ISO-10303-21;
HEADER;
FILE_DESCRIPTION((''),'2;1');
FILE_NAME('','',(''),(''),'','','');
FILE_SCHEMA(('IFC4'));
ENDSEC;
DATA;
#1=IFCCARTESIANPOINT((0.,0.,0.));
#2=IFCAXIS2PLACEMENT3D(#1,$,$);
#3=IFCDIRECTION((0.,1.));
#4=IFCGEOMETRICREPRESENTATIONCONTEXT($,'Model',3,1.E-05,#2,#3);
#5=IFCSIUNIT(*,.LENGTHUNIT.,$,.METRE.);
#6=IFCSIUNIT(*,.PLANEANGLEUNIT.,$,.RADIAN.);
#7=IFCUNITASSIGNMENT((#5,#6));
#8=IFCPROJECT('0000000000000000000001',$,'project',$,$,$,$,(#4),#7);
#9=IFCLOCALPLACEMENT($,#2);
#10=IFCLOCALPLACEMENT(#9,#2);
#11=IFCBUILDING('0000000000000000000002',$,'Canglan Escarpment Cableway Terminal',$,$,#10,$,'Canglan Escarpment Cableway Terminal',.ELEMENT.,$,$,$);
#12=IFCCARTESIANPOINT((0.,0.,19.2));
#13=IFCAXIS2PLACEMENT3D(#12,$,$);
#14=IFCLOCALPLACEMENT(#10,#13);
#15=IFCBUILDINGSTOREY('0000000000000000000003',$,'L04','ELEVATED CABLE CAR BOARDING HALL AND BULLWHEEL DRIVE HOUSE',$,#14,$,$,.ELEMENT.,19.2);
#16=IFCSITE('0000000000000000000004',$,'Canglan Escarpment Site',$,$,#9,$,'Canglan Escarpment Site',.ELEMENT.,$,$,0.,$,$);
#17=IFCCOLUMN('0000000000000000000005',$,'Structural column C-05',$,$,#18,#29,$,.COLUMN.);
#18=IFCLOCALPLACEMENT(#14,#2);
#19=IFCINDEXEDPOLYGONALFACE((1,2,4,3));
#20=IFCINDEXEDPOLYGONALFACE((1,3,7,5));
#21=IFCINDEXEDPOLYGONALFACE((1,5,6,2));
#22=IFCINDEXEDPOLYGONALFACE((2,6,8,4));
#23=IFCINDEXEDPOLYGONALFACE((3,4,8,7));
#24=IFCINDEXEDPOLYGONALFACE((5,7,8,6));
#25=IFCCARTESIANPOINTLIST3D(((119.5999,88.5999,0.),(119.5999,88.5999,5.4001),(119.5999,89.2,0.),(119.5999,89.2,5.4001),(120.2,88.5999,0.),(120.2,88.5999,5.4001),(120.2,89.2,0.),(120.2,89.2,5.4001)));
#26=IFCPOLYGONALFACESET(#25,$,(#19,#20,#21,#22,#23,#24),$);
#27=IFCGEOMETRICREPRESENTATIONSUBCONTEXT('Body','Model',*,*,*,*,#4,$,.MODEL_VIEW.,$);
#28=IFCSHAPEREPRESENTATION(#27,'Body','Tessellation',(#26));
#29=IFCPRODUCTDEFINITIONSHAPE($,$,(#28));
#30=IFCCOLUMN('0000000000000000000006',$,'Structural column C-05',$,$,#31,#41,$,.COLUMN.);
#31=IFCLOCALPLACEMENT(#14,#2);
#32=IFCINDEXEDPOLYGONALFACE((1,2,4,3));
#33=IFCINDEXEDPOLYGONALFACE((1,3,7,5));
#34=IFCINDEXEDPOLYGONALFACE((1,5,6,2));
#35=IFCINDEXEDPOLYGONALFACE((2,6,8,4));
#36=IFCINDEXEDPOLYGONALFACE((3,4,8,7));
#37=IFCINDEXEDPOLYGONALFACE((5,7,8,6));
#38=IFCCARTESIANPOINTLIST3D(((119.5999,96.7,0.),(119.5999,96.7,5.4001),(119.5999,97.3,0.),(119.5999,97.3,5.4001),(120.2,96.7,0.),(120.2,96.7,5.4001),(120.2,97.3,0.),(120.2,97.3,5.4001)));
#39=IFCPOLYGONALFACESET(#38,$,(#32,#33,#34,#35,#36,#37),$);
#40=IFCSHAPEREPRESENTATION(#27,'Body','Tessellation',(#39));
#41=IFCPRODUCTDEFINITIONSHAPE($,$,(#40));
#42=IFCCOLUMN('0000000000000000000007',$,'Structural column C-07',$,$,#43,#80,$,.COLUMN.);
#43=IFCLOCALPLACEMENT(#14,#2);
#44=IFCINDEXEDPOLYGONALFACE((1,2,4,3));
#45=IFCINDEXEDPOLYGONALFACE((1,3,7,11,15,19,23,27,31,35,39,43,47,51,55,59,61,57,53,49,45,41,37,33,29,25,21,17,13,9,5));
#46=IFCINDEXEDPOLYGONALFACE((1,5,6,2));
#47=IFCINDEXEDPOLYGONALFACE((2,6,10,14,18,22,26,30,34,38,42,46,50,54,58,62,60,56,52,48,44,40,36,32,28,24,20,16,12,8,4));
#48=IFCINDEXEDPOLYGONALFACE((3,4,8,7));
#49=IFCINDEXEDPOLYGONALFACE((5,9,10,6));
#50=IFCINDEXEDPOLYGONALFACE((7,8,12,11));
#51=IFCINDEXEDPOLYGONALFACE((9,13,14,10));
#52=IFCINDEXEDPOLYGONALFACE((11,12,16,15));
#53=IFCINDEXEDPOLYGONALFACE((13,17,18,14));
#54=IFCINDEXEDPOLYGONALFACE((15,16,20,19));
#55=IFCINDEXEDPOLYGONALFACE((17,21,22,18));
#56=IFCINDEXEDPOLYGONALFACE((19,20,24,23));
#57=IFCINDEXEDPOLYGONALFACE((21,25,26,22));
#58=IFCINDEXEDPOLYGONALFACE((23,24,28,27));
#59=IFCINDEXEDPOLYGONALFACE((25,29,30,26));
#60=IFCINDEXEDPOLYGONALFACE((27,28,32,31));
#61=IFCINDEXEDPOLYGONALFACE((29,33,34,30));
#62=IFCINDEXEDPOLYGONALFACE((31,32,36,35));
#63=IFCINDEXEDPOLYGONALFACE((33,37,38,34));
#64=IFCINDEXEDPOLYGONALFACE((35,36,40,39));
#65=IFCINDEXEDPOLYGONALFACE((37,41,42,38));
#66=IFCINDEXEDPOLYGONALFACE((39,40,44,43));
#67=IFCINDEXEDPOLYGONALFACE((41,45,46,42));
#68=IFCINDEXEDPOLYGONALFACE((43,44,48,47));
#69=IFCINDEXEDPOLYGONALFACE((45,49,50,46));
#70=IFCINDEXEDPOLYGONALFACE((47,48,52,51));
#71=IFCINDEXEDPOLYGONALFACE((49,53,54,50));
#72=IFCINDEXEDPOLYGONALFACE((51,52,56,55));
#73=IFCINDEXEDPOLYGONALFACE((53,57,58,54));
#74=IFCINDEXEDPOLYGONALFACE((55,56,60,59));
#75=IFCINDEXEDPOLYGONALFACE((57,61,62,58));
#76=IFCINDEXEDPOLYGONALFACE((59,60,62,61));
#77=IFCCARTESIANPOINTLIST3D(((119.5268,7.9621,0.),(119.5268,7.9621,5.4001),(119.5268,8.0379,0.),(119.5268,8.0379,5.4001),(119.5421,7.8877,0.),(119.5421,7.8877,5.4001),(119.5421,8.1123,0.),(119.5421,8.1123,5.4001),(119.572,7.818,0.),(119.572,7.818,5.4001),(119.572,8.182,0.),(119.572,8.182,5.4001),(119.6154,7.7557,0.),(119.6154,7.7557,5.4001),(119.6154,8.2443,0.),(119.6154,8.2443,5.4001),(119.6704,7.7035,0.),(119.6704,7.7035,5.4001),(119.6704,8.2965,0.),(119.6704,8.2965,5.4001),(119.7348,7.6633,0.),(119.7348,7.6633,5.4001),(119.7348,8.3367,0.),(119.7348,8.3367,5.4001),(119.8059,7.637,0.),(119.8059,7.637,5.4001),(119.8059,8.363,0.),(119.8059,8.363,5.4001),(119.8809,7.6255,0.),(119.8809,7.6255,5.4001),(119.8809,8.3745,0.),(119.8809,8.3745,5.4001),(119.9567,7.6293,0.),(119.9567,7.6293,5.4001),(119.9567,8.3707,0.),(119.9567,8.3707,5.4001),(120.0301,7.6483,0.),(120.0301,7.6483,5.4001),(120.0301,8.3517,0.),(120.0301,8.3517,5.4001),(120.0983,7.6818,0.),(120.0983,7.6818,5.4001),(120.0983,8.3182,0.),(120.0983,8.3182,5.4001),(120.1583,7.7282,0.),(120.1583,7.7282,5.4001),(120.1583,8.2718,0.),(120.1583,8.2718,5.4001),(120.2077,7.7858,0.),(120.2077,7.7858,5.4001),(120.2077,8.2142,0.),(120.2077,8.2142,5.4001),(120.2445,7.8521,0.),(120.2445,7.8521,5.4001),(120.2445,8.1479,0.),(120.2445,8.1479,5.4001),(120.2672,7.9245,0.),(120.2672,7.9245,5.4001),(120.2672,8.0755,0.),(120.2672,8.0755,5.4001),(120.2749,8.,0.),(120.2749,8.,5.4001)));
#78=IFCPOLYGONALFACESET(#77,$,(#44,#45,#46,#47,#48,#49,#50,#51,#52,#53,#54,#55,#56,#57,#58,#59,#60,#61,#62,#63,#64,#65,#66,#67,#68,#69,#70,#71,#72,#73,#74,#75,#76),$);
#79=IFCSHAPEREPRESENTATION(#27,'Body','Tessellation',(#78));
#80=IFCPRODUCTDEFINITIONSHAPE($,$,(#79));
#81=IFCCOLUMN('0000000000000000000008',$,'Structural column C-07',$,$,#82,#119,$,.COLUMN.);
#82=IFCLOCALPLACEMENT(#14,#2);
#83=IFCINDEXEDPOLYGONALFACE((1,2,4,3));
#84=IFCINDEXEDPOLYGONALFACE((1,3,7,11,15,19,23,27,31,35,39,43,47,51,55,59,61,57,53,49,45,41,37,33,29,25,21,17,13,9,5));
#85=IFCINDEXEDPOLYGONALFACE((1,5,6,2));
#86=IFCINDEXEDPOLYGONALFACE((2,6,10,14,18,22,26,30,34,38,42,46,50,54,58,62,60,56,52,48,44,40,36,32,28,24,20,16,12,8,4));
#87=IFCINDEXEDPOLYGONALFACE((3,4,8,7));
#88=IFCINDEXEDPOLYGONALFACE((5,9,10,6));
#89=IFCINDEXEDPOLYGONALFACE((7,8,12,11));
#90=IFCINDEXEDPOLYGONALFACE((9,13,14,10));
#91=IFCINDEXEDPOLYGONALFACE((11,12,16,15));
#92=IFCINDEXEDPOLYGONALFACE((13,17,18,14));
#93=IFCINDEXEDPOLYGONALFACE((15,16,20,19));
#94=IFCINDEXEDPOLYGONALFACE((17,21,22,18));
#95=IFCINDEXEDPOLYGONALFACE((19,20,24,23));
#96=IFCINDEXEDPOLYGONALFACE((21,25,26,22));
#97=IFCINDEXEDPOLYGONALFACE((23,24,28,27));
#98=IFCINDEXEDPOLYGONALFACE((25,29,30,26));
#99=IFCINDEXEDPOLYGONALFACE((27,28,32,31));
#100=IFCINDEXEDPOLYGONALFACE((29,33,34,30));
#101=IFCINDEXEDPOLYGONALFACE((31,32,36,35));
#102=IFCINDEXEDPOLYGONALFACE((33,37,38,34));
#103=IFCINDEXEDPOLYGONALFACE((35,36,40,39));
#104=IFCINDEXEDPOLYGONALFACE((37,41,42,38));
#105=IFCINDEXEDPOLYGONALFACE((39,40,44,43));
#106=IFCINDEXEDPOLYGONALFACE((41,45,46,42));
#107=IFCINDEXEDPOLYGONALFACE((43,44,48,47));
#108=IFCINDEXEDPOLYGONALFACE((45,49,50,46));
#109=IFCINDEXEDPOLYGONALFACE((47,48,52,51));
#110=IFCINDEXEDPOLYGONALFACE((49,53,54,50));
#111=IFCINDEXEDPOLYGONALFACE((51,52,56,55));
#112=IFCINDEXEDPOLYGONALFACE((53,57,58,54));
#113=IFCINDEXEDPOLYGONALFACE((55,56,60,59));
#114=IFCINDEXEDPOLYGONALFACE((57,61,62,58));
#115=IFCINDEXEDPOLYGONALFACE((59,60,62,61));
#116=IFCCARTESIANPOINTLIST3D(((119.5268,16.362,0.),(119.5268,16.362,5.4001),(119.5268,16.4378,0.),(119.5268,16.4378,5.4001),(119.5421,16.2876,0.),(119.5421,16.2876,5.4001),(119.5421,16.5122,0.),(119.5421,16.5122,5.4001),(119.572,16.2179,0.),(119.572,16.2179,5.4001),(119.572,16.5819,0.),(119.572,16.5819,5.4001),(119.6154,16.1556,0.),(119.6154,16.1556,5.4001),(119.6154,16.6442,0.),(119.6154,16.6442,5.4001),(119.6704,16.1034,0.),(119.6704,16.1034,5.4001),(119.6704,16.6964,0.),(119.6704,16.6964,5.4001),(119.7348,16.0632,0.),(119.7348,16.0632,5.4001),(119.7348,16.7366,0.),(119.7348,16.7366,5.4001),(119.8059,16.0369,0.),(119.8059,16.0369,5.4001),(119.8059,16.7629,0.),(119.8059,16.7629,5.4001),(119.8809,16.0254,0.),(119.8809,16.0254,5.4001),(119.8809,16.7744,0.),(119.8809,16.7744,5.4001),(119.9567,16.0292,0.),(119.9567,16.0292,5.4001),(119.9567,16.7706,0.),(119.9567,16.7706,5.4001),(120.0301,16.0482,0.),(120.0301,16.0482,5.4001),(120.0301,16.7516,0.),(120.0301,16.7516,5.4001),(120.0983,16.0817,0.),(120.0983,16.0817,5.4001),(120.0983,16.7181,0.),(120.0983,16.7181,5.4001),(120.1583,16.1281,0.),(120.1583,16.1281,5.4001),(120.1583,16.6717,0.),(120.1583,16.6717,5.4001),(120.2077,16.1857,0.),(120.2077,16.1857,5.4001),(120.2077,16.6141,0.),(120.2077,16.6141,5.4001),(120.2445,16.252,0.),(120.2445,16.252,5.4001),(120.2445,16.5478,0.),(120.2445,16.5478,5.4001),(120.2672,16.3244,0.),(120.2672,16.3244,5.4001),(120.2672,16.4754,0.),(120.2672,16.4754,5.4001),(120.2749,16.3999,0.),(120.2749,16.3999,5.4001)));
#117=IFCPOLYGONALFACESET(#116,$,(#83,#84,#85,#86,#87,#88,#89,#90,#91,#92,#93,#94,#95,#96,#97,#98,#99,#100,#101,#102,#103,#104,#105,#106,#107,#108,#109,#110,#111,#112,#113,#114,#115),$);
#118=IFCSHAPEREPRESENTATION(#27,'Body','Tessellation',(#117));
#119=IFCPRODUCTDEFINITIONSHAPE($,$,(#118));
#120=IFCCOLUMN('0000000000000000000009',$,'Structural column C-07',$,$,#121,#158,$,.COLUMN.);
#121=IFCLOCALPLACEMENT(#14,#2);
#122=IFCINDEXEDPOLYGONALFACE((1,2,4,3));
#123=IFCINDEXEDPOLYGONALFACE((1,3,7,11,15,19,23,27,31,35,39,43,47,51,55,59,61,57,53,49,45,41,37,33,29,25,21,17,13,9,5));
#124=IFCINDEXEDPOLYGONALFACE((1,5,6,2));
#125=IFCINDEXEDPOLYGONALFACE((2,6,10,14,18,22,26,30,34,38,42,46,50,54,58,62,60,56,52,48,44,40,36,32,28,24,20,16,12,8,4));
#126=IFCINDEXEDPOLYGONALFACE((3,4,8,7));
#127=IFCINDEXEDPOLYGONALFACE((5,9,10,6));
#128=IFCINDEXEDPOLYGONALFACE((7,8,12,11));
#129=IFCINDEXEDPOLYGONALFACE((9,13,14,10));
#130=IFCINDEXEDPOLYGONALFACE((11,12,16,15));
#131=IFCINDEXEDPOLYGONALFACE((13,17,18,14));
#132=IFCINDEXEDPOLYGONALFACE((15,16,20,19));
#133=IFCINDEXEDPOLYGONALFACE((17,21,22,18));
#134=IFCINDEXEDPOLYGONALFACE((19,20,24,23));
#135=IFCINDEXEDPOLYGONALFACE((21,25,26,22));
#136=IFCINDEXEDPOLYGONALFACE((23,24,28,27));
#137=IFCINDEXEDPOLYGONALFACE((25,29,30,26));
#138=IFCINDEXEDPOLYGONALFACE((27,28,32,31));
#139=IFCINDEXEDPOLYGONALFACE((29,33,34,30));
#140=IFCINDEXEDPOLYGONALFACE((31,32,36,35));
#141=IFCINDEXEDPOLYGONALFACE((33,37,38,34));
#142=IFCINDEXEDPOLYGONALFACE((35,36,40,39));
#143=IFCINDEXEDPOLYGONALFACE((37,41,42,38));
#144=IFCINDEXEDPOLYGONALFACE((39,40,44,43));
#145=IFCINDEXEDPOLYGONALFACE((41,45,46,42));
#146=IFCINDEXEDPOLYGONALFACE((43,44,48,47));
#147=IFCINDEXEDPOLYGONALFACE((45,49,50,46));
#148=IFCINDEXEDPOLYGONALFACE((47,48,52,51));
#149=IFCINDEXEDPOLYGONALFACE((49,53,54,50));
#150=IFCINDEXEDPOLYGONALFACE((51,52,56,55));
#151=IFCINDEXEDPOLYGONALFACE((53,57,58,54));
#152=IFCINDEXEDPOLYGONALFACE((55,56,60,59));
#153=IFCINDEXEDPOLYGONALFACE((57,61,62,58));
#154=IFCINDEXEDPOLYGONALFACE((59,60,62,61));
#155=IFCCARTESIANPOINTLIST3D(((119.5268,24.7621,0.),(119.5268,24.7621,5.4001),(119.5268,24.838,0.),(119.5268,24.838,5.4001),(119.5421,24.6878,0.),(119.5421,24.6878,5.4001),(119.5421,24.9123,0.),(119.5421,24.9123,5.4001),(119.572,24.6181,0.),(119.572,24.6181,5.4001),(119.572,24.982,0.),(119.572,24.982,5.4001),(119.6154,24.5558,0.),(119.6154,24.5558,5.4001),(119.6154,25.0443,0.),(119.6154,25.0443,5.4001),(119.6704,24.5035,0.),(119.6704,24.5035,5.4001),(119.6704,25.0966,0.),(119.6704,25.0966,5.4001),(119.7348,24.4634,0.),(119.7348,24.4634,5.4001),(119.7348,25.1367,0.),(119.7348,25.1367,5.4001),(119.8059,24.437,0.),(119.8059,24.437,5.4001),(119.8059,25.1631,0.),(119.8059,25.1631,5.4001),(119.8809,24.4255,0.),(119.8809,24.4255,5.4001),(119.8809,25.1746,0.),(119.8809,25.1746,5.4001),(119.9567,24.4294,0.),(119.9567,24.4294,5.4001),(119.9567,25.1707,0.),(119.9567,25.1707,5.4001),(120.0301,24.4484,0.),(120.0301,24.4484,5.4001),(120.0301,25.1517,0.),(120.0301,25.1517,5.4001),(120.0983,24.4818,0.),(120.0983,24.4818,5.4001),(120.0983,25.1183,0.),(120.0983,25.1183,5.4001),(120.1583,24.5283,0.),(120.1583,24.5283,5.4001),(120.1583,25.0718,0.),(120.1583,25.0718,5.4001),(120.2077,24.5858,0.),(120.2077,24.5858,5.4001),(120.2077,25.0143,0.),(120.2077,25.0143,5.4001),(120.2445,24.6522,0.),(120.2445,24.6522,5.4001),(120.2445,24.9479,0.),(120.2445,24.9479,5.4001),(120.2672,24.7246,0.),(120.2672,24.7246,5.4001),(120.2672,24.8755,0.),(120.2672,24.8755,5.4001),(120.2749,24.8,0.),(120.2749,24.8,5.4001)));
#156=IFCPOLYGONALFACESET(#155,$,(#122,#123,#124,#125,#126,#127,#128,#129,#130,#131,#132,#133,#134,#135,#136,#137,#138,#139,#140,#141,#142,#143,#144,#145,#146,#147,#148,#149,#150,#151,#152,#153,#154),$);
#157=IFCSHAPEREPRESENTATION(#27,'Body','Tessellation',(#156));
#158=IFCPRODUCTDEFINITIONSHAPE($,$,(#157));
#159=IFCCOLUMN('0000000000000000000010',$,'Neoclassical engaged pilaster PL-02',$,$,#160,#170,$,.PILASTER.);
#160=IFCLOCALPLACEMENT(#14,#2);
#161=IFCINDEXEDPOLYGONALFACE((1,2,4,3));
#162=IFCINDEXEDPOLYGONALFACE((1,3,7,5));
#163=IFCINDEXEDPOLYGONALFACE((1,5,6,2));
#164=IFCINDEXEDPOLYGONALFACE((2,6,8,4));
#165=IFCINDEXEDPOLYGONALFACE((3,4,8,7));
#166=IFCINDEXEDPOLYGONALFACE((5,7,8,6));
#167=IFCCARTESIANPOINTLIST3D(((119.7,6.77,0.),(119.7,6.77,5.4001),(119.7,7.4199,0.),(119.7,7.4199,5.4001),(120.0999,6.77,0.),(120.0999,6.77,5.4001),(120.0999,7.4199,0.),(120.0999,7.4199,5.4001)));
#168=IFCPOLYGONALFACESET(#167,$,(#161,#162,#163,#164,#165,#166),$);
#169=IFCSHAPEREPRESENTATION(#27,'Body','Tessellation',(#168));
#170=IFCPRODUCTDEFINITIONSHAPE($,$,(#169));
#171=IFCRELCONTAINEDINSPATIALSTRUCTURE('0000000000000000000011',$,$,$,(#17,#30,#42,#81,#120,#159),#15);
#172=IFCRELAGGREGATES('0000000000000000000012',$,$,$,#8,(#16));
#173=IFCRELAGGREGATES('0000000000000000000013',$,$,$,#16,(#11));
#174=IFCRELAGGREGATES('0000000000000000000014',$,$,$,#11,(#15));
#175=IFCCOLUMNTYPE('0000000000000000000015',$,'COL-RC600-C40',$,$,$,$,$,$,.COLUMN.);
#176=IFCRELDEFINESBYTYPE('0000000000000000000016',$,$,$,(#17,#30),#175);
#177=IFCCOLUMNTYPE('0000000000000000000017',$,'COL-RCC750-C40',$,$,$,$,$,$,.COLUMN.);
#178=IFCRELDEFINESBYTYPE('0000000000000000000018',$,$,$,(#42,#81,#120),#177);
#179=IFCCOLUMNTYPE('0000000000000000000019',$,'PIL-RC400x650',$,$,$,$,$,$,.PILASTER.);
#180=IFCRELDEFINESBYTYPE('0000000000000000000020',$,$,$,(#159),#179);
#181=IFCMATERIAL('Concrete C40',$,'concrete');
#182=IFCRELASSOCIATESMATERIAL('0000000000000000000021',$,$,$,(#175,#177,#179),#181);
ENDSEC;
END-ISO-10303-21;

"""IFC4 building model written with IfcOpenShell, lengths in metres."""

from ifc_helpers import new_model, si_unit, direction, frame, origin, origin_2d, place, context, subcontext, project, spatial, rectangle, circle, extrude, material, material_profile, profile_set, type_object, element, save


model = new_model("IFC4")

# Units and contexts
model_context = context("Model", 3, precision=1e-05, world=origin(), true_north=direction((0.0, 1.0)))
body_context = subcontext(model_context, "Body", "Model", "MODEL_VIEW")
ifc_project = project(units=[si_unit("LENGTHUNIT", "METRE"), si_unit("PLANEANGLEUNIT", "RADIAN")], contexts=[model_context])

# Site, building, storey
site_placement = place(None, origin())
site = spatial("IfcSite", under=ifc_project, at=site_placement, Name="Canglan Escarpment Site", LongName="Canglan Escarpment Site", CompositionType="ELEMENT", RefElevation=0.0)
building_placement = place(site_placement, origin())
building = spatial("IfcBuilding", under=site, at=building_placement, Name="Canglan Escarpment Cableway Terminal", LongName="Canglan Escarpment Cableway Terminal", CompositionType="ELEMENT")
storey_placement = place(building_placement, frame((0.0, 0.0, 19.2)))
storey = spatial("IfcBuildingStorey", under=building, at=storey_placement, Name="L04", Description="ELEVATED CABLE CAR BOARDING HALL AND BULLWHEEL DRIVE HOUSE", CompositionType="ELEMENT", Elevation=19.2)

# Columns
ifc_material_1 = material(Name="Concrete C40", Category="concrete")
ifc_material_profile_1 = material_profile(ifc_material_1, rectangle(XDim=0.6001, YDim=0.6001, at=origin_2d()), Name="RC 600x600")
ifc_profile_set_1 = profile_set([ifc_material_profile_1], Name="Concrete C40")
column_type_1 = type_object("IfcColumnType", Name="COL-RC600-C40", PredefinedType="COLUMN", material=ifc_profile_set_1)
for number, where, z_axis, x_axis, name in (
    (1, (119.8999, 88.8999, 0.0), (0.0, 0.0, 1.0), (1.0, 0.0, 0.0), "Structural column C-05"),
    (2, (119.8999, 97.0, 0.0), (0.0, 0.0, 1.0), (1.0, 0.0, 0.0), "Structural column C-05"),
):
    element("IfcColumn", number, at=place(storey_placement, frame(where, z_axis=z_axis, x_axis=x_axis)), inside=storey, type_object=column_type_1, Name=name, PredefinedType="COLUMN", context=body_context, shape_type="SweptSolid", body=[
        extrude(rectangle(XDim=0.6001, YDim=0.6001, at=origin_2d()), origin(), (0.0, 0.0, 1.0), 5.4001),
    ])
ifc_material_profile_2 = material_profile(ifc_material_1, circle(Radius=0.375, at=origin_2d()), Name="RC-CIRC D750")
ifc_profile_set_2 = profile_set([ifc_material_profile_2], Name="Concrete C40")
column_type_2 = type_object("IfcColumnType", Name="COL-RCC750-C40", PredefinedType="COLUMN", material=ifc_profile_set_2)
for number, where, z_axis, x_axis, name in (
    (3, (119.8999, 8.0, 0.0), (0.0, 0.0, 1.0), (1.0, 0.0, 0.0), "Structural column C-07"),
    (4, (119.8999, 16.3999, 0.0), (0.0, 0.0, 1.0), (1.0, 0.0, 0.0), "Structural column C-07"),
    (5, (119.8999, 24.8, 0.0), (0.0, 0.0, 1.0), (1.0, 0.0, 0.0), "Structural column C-07"),
):
    element("IfcColumn", number, at=place(storey_placement, frame(where, z_axis=z_axis, x_axis=x_axis)), inside=storey, type_object=column_type_2, Name=name, PredefinedType="COLUMN", context=body_context, shape_type="SweptSolid", body=[
        extrude(circle(Radius=0.375, at=origin_2d()), origin(), (0.0, 0.0, 1.0), 5.4001),
    ])
ifc_material_profile_3 = material_profile(ifc_material_1, rectangle(XDim=0.3999, YDim=0.6499, at=origin_2d()), Name="RC-PIL 400x650")
ifc_profile_set_3 = profile_set([ifc_material_profile_3], Name="Concrete C40")
column_type_3 = type_object("IfcColumnType", Name="PIL-RC400x650", PredefinedType="PILASTER", material=ifc_profile_set_3)
column_placement = place(storey_placement, frame((119.8999, 7.095, 0.0), z_axis=(0.0, 0.0, 1.0), x_axis=(1.0, 0.0, 0.0)))
element("IfcColumn", 6, at=column_placement, inside=storey, type_object=column_type_3, Name="Neoclassical engaged pilaster PL-02", PredefinedType="PILASTER", context=body_context, shape_type="SweptSolid", body=[
    extrude(rectangle(XDim=0.3999, YDim=0.6499, at=origin_2d()), origin(), (0.0, 0.0, 1.0), 5.4001),
])

save(model, "model.ifc")
